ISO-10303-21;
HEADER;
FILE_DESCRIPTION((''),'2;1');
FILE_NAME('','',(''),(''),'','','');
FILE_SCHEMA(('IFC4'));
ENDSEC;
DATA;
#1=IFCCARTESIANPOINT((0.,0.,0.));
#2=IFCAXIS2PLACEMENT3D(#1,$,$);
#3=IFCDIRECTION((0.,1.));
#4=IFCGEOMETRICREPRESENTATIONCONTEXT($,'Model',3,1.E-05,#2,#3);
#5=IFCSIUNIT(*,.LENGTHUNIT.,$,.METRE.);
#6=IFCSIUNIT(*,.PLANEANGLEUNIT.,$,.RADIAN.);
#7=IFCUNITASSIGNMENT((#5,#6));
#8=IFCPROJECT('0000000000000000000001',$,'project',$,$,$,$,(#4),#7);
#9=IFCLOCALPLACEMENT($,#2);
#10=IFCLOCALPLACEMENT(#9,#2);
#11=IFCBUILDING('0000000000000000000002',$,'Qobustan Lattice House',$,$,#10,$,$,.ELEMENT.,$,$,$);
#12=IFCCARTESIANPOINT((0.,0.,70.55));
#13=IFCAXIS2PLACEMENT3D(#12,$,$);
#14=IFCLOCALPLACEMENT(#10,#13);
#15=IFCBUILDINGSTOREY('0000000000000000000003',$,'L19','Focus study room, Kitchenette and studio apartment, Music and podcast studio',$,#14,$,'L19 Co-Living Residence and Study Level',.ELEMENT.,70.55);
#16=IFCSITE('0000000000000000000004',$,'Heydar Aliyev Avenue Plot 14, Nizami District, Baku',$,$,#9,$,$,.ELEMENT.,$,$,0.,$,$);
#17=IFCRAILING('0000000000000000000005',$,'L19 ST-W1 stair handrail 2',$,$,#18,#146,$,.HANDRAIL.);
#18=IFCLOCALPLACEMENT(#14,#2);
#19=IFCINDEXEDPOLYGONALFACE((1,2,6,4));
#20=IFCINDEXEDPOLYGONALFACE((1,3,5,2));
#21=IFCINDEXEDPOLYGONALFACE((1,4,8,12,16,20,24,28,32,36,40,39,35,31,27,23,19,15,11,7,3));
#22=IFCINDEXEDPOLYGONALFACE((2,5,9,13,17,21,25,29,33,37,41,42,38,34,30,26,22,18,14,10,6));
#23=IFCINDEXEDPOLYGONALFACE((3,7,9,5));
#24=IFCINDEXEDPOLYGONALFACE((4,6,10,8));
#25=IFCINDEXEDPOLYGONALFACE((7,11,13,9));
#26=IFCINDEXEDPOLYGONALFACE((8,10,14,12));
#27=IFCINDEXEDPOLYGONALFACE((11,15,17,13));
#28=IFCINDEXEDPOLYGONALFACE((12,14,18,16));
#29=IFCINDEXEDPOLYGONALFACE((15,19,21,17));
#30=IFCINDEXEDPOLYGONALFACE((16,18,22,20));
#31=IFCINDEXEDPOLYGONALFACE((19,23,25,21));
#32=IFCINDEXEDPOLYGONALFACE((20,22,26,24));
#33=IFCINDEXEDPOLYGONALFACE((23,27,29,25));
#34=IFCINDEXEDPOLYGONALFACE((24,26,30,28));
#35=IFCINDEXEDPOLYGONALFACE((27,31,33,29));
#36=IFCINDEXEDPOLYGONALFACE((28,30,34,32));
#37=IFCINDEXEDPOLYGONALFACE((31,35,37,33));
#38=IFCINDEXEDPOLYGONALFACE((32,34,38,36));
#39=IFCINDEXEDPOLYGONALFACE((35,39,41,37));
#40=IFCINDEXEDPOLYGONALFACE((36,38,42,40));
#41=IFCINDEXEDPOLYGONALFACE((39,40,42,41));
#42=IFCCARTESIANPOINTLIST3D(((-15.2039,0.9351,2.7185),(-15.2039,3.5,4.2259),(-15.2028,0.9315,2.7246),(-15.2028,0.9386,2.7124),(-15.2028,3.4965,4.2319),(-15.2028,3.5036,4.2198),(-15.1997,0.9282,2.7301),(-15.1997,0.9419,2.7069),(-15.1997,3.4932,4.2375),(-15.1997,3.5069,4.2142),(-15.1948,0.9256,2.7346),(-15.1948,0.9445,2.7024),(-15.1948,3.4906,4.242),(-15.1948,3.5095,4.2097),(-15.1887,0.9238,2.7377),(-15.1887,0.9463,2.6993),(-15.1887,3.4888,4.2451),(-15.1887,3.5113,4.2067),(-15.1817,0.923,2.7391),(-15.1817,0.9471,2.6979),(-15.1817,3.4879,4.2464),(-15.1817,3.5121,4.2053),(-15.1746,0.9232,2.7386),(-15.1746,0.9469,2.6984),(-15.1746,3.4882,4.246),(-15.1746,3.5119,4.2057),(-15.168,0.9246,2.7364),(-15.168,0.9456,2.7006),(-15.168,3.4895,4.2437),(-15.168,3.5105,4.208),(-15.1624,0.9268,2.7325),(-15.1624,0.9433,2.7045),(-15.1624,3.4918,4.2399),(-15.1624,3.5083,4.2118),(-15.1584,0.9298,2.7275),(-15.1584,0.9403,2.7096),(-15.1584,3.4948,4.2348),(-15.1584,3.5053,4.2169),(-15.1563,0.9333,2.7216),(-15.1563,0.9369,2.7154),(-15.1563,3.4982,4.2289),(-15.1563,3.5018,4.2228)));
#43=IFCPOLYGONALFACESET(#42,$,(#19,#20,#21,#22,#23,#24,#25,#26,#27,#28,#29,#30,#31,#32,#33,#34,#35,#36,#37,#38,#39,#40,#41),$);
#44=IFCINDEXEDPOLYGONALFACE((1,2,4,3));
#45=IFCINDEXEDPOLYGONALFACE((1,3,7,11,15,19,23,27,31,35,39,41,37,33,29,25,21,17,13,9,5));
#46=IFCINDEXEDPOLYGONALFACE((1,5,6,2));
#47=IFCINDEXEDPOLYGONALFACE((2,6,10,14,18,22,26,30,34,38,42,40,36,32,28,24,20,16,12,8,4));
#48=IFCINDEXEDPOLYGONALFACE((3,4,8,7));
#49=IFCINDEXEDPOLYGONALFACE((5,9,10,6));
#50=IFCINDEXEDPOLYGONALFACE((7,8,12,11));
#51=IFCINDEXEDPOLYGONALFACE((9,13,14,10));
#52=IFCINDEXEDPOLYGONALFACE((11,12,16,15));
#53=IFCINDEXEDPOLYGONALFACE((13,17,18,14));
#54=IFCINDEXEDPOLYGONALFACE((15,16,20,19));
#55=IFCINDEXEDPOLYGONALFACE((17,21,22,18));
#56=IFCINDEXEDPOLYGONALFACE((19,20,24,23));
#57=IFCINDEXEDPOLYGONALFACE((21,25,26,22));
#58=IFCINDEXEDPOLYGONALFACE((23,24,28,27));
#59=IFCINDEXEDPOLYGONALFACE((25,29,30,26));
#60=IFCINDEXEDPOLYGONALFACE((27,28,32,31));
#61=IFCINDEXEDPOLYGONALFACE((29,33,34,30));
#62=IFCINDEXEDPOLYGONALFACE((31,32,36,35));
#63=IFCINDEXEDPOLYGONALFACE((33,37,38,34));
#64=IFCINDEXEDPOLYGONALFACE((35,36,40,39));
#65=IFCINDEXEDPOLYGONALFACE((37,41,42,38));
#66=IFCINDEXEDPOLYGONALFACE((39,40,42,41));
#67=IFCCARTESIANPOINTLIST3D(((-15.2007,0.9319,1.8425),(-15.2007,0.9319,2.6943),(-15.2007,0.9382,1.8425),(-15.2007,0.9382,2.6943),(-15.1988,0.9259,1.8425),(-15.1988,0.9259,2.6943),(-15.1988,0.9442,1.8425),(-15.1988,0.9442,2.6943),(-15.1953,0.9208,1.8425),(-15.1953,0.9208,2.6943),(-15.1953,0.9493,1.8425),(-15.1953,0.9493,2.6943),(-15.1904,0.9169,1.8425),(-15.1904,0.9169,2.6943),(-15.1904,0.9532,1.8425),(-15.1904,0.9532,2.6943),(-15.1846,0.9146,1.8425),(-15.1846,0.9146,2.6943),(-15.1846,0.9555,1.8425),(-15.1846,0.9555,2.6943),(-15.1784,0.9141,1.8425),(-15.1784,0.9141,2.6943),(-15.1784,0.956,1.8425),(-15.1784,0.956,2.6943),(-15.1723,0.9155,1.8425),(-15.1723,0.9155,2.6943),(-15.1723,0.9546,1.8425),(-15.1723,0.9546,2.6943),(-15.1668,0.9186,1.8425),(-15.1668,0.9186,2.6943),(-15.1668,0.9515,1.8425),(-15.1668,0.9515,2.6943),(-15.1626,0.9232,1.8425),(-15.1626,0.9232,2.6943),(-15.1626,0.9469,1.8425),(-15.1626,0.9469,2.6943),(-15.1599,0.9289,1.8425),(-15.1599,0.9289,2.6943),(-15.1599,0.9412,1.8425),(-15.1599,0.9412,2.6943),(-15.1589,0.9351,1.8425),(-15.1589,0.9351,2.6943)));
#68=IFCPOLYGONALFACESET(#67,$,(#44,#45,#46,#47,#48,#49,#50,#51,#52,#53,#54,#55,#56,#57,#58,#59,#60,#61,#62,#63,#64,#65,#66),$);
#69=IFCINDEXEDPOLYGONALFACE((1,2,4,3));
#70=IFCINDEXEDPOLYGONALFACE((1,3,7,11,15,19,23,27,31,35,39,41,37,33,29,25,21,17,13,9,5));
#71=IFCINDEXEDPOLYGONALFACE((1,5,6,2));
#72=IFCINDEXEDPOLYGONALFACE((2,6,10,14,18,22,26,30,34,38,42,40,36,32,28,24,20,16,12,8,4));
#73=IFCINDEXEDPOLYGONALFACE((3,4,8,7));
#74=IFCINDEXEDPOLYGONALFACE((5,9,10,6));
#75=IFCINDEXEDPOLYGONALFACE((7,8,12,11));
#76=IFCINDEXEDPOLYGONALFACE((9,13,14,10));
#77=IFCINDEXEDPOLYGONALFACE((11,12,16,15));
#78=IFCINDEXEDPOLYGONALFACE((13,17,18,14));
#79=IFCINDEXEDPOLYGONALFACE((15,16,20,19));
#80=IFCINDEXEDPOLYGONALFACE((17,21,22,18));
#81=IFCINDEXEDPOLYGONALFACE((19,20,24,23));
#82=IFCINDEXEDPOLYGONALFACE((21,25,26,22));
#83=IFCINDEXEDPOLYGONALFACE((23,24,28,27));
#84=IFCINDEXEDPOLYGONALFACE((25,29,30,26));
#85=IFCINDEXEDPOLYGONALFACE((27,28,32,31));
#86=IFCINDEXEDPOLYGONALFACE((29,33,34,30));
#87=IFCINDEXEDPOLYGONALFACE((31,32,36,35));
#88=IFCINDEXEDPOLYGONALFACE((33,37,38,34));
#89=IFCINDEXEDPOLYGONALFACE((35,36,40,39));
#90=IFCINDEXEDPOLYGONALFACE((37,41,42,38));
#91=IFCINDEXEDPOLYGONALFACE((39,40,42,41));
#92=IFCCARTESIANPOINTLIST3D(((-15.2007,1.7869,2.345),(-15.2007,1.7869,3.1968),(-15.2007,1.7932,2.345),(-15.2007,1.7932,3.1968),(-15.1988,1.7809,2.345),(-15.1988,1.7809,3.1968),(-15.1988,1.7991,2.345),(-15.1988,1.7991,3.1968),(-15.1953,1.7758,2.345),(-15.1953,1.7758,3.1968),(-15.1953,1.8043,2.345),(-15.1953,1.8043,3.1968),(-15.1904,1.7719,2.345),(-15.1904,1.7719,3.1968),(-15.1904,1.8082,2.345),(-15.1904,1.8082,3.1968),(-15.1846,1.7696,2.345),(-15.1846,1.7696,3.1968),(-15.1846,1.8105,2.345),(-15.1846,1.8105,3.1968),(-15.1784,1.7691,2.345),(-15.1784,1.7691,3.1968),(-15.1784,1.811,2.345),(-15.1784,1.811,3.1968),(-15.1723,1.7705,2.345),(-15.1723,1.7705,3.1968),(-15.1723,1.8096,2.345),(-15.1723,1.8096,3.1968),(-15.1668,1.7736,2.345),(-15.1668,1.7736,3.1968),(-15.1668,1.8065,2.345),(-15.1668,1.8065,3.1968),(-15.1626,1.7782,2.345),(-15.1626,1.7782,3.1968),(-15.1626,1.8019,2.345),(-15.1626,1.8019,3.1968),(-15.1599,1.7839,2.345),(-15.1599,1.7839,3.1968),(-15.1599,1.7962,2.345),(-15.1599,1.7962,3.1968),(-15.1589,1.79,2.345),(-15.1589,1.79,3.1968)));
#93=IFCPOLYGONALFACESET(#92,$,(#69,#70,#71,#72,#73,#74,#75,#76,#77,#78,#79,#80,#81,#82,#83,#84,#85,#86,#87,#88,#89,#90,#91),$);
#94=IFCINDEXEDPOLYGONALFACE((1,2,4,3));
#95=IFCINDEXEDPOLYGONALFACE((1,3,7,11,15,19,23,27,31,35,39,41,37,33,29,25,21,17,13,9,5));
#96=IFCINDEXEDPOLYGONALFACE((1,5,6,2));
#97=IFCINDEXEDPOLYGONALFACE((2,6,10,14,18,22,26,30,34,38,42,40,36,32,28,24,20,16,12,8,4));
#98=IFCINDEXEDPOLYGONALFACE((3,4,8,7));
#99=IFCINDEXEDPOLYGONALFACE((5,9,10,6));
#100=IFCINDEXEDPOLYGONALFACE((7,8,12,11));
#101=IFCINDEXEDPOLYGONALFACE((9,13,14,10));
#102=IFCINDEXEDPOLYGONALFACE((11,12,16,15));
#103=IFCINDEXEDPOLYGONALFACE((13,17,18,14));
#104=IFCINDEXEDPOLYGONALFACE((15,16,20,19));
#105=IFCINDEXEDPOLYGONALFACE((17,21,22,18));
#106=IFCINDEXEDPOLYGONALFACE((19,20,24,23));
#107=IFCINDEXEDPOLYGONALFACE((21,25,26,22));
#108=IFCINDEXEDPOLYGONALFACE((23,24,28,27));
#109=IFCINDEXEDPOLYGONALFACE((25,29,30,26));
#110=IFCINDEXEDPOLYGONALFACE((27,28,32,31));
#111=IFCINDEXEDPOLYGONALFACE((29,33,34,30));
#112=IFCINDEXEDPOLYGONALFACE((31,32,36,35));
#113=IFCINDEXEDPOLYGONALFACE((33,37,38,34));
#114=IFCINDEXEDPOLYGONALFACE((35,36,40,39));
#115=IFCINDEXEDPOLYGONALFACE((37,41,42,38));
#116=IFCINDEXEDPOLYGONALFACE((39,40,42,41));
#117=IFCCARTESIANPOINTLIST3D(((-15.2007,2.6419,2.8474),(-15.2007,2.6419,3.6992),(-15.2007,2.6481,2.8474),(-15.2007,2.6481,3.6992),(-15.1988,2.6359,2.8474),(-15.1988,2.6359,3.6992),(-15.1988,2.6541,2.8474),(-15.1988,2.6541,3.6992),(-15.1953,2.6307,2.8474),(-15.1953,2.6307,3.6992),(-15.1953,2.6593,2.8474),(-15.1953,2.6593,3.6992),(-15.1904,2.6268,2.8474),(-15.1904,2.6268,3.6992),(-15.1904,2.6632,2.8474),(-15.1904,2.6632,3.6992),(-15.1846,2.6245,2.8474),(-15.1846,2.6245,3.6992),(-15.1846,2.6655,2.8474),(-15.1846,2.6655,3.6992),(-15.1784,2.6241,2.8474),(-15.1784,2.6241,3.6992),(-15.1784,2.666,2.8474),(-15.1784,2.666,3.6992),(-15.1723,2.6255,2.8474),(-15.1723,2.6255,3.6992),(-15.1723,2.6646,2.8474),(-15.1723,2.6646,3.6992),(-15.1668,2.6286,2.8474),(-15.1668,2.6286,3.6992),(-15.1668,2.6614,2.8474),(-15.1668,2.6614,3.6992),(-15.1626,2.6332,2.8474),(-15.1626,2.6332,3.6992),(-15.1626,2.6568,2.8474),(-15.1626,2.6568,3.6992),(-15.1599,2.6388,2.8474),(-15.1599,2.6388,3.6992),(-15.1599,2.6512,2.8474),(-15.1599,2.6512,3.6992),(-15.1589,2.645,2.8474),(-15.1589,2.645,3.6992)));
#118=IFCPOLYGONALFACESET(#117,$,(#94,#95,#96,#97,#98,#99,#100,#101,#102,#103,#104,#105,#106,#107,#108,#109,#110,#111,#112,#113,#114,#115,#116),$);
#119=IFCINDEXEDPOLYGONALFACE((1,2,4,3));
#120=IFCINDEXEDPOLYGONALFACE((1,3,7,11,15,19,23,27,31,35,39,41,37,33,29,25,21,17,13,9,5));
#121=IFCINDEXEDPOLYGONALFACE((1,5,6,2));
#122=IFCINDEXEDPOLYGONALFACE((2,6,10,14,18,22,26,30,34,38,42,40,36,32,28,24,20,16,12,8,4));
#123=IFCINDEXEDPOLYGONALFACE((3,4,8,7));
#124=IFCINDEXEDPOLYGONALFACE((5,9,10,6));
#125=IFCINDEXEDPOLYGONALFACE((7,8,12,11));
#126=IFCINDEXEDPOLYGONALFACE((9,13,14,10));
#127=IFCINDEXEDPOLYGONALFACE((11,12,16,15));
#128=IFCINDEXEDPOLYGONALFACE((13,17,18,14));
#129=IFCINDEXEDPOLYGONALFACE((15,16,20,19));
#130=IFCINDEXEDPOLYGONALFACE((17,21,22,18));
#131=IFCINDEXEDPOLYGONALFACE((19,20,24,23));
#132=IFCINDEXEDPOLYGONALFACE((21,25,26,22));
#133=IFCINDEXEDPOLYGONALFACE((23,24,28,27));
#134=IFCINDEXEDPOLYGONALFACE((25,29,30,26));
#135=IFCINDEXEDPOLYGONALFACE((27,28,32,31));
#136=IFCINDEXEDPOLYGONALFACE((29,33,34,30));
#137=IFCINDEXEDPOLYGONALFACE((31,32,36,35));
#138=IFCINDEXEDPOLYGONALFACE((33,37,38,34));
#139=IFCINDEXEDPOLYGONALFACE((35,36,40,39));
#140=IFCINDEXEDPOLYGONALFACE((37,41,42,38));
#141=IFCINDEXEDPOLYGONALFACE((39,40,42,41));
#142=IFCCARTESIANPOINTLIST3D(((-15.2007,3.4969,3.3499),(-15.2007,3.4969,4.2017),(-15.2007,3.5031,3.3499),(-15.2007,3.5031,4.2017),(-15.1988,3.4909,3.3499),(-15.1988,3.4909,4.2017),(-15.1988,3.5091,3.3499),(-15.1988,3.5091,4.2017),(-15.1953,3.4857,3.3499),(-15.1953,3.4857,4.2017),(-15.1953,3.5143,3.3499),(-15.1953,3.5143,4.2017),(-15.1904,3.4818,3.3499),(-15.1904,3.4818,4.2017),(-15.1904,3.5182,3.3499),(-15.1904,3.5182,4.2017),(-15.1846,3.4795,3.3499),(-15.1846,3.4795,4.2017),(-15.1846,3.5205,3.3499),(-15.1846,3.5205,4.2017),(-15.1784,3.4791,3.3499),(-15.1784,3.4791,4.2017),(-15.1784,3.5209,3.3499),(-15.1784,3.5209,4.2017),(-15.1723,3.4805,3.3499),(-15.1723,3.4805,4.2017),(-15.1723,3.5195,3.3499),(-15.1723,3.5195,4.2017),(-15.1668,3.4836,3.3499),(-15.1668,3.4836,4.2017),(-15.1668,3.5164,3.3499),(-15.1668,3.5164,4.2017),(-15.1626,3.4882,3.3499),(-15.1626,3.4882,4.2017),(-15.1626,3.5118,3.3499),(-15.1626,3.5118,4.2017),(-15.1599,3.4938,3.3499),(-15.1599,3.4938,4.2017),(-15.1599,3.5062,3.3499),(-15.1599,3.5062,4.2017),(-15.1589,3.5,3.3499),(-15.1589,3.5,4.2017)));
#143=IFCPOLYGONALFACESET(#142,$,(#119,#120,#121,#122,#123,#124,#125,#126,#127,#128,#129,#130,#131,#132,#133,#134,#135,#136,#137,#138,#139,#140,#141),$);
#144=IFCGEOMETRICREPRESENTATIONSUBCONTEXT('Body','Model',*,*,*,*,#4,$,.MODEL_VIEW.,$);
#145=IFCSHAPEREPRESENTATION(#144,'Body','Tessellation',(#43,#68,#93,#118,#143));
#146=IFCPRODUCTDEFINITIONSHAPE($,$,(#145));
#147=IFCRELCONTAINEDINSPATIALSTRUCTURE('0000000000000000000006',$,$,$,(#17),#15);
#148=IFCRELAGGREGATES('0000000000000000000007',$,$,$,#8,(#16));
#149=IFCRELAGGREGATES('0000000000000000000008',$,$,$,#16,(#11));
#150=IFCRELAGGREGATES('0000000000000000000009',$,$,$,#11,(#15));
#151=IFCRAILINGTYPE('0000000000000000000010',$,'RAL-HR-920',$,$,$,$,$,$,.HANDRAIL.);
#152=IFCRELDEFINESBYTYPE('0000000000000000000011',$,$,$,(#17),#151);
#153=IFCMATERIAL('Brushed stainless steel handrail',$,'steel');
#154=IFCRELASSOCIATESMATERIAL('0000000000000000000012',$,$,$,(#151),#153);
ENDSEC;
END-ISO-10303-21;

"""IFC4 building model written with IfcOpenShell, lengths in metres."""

from ifc_helpers import new_model, si_unit, direction, frame, origin, origin_2d, place, context, subcontext, project, spatial, circle, extrude, material, type_object, element, save


model = new_model("IFC4")

# Units and contexts
model_context = context("Model", 3, precision=1e-05, world=origin(), true_north=direction((0.0, 1.0)))
body_context = subcontext(model_context, "Body", "Model", "MODEL_VIEW")
ifc_project = project(units=[si_unit("LENGTHUNIT", "METRE"), si_unit("PLANEANGLEUNIT", "RADIAN")], contexts=[model_context])

# Site, building, storey
site_placement = place(None, origin())
site = spatial("IfcSite", under=ifc_project, at=site_placement, Name="Heydar Aliyev Avenue Plot 14, Nizami District, Baku", CompositionType="ELEMENT", RefElevation=0.0)
building_placement = place(site_placement, origin())
building = spatial("IfcBuilding", under=site, at=building_placement, Name="Qobustan Lattice House", CompositionType="ELEMENT")
storey_placement = place(building_placement, frame((0.0, 0.0, 70.55)))
storey = spatial("IfcBuildingStorey", under=building, at=storey_placement, Name="L19", Description="Focus study room, Kitchenette and studio apartment, Music and podcast studio", LongName="L19 Co-Living Residence and Study Level", CompositionType="ELEMENT", Elevation=70.55)

# Railing
ifc_material_1 = material(Name="Brushed stainless steel handrail", Category="steel")
railing_type_1 = type_object("IfcRailingType", Name="RAL-HR-920", PredefinedType="HANDRAIL", material=ifc_material_1)
railing_1_placement = place(storey_placement, frame((-15.1799, 0.9351, 1.8425)))
element("IfcRailing", 1, at=railing_1_placement, inside=storey, type_object=railing_type_1, Name="L19 ST-W1 stair handrail 2", PredefinedType="HANDRAIL", context=body_context, shape_type="SweptSolid", body=[
    extrude(circle(Radius=0.0239, at=origin_2d()), frame((0.0, 0.0, 0.876), z_axis=(0.0, 0.862149, 0.506654), x_axis=(-1.0, 0.0, 0.0)), (0.0, 0.0, 1.0), 2.9751),
    extrude(circle(Radius=0.021, at=origin_2d()), origin(), (0.0, 0.0, 1.0), 0.8518),
    extrude(circle(Radius=0.021, at=origin_2d()), frame((0.0, 0.855, 0.5024)), (0.0, 0.0, 1.0), 0.8518),
    extrude(circle(Radius=0.021, at=origin_2d()), frame((0.0, 1.71, 1.0049)), (0.0, 0.0, 1.0), 0.8518),
    extrude(circle(Radius=0.021, at=origin_2d()), frame((0.0, 2.5649, 1.5073)), (0.0, 0.0, 1.0), 0.8518),
])

save(model, "model.ifc")
